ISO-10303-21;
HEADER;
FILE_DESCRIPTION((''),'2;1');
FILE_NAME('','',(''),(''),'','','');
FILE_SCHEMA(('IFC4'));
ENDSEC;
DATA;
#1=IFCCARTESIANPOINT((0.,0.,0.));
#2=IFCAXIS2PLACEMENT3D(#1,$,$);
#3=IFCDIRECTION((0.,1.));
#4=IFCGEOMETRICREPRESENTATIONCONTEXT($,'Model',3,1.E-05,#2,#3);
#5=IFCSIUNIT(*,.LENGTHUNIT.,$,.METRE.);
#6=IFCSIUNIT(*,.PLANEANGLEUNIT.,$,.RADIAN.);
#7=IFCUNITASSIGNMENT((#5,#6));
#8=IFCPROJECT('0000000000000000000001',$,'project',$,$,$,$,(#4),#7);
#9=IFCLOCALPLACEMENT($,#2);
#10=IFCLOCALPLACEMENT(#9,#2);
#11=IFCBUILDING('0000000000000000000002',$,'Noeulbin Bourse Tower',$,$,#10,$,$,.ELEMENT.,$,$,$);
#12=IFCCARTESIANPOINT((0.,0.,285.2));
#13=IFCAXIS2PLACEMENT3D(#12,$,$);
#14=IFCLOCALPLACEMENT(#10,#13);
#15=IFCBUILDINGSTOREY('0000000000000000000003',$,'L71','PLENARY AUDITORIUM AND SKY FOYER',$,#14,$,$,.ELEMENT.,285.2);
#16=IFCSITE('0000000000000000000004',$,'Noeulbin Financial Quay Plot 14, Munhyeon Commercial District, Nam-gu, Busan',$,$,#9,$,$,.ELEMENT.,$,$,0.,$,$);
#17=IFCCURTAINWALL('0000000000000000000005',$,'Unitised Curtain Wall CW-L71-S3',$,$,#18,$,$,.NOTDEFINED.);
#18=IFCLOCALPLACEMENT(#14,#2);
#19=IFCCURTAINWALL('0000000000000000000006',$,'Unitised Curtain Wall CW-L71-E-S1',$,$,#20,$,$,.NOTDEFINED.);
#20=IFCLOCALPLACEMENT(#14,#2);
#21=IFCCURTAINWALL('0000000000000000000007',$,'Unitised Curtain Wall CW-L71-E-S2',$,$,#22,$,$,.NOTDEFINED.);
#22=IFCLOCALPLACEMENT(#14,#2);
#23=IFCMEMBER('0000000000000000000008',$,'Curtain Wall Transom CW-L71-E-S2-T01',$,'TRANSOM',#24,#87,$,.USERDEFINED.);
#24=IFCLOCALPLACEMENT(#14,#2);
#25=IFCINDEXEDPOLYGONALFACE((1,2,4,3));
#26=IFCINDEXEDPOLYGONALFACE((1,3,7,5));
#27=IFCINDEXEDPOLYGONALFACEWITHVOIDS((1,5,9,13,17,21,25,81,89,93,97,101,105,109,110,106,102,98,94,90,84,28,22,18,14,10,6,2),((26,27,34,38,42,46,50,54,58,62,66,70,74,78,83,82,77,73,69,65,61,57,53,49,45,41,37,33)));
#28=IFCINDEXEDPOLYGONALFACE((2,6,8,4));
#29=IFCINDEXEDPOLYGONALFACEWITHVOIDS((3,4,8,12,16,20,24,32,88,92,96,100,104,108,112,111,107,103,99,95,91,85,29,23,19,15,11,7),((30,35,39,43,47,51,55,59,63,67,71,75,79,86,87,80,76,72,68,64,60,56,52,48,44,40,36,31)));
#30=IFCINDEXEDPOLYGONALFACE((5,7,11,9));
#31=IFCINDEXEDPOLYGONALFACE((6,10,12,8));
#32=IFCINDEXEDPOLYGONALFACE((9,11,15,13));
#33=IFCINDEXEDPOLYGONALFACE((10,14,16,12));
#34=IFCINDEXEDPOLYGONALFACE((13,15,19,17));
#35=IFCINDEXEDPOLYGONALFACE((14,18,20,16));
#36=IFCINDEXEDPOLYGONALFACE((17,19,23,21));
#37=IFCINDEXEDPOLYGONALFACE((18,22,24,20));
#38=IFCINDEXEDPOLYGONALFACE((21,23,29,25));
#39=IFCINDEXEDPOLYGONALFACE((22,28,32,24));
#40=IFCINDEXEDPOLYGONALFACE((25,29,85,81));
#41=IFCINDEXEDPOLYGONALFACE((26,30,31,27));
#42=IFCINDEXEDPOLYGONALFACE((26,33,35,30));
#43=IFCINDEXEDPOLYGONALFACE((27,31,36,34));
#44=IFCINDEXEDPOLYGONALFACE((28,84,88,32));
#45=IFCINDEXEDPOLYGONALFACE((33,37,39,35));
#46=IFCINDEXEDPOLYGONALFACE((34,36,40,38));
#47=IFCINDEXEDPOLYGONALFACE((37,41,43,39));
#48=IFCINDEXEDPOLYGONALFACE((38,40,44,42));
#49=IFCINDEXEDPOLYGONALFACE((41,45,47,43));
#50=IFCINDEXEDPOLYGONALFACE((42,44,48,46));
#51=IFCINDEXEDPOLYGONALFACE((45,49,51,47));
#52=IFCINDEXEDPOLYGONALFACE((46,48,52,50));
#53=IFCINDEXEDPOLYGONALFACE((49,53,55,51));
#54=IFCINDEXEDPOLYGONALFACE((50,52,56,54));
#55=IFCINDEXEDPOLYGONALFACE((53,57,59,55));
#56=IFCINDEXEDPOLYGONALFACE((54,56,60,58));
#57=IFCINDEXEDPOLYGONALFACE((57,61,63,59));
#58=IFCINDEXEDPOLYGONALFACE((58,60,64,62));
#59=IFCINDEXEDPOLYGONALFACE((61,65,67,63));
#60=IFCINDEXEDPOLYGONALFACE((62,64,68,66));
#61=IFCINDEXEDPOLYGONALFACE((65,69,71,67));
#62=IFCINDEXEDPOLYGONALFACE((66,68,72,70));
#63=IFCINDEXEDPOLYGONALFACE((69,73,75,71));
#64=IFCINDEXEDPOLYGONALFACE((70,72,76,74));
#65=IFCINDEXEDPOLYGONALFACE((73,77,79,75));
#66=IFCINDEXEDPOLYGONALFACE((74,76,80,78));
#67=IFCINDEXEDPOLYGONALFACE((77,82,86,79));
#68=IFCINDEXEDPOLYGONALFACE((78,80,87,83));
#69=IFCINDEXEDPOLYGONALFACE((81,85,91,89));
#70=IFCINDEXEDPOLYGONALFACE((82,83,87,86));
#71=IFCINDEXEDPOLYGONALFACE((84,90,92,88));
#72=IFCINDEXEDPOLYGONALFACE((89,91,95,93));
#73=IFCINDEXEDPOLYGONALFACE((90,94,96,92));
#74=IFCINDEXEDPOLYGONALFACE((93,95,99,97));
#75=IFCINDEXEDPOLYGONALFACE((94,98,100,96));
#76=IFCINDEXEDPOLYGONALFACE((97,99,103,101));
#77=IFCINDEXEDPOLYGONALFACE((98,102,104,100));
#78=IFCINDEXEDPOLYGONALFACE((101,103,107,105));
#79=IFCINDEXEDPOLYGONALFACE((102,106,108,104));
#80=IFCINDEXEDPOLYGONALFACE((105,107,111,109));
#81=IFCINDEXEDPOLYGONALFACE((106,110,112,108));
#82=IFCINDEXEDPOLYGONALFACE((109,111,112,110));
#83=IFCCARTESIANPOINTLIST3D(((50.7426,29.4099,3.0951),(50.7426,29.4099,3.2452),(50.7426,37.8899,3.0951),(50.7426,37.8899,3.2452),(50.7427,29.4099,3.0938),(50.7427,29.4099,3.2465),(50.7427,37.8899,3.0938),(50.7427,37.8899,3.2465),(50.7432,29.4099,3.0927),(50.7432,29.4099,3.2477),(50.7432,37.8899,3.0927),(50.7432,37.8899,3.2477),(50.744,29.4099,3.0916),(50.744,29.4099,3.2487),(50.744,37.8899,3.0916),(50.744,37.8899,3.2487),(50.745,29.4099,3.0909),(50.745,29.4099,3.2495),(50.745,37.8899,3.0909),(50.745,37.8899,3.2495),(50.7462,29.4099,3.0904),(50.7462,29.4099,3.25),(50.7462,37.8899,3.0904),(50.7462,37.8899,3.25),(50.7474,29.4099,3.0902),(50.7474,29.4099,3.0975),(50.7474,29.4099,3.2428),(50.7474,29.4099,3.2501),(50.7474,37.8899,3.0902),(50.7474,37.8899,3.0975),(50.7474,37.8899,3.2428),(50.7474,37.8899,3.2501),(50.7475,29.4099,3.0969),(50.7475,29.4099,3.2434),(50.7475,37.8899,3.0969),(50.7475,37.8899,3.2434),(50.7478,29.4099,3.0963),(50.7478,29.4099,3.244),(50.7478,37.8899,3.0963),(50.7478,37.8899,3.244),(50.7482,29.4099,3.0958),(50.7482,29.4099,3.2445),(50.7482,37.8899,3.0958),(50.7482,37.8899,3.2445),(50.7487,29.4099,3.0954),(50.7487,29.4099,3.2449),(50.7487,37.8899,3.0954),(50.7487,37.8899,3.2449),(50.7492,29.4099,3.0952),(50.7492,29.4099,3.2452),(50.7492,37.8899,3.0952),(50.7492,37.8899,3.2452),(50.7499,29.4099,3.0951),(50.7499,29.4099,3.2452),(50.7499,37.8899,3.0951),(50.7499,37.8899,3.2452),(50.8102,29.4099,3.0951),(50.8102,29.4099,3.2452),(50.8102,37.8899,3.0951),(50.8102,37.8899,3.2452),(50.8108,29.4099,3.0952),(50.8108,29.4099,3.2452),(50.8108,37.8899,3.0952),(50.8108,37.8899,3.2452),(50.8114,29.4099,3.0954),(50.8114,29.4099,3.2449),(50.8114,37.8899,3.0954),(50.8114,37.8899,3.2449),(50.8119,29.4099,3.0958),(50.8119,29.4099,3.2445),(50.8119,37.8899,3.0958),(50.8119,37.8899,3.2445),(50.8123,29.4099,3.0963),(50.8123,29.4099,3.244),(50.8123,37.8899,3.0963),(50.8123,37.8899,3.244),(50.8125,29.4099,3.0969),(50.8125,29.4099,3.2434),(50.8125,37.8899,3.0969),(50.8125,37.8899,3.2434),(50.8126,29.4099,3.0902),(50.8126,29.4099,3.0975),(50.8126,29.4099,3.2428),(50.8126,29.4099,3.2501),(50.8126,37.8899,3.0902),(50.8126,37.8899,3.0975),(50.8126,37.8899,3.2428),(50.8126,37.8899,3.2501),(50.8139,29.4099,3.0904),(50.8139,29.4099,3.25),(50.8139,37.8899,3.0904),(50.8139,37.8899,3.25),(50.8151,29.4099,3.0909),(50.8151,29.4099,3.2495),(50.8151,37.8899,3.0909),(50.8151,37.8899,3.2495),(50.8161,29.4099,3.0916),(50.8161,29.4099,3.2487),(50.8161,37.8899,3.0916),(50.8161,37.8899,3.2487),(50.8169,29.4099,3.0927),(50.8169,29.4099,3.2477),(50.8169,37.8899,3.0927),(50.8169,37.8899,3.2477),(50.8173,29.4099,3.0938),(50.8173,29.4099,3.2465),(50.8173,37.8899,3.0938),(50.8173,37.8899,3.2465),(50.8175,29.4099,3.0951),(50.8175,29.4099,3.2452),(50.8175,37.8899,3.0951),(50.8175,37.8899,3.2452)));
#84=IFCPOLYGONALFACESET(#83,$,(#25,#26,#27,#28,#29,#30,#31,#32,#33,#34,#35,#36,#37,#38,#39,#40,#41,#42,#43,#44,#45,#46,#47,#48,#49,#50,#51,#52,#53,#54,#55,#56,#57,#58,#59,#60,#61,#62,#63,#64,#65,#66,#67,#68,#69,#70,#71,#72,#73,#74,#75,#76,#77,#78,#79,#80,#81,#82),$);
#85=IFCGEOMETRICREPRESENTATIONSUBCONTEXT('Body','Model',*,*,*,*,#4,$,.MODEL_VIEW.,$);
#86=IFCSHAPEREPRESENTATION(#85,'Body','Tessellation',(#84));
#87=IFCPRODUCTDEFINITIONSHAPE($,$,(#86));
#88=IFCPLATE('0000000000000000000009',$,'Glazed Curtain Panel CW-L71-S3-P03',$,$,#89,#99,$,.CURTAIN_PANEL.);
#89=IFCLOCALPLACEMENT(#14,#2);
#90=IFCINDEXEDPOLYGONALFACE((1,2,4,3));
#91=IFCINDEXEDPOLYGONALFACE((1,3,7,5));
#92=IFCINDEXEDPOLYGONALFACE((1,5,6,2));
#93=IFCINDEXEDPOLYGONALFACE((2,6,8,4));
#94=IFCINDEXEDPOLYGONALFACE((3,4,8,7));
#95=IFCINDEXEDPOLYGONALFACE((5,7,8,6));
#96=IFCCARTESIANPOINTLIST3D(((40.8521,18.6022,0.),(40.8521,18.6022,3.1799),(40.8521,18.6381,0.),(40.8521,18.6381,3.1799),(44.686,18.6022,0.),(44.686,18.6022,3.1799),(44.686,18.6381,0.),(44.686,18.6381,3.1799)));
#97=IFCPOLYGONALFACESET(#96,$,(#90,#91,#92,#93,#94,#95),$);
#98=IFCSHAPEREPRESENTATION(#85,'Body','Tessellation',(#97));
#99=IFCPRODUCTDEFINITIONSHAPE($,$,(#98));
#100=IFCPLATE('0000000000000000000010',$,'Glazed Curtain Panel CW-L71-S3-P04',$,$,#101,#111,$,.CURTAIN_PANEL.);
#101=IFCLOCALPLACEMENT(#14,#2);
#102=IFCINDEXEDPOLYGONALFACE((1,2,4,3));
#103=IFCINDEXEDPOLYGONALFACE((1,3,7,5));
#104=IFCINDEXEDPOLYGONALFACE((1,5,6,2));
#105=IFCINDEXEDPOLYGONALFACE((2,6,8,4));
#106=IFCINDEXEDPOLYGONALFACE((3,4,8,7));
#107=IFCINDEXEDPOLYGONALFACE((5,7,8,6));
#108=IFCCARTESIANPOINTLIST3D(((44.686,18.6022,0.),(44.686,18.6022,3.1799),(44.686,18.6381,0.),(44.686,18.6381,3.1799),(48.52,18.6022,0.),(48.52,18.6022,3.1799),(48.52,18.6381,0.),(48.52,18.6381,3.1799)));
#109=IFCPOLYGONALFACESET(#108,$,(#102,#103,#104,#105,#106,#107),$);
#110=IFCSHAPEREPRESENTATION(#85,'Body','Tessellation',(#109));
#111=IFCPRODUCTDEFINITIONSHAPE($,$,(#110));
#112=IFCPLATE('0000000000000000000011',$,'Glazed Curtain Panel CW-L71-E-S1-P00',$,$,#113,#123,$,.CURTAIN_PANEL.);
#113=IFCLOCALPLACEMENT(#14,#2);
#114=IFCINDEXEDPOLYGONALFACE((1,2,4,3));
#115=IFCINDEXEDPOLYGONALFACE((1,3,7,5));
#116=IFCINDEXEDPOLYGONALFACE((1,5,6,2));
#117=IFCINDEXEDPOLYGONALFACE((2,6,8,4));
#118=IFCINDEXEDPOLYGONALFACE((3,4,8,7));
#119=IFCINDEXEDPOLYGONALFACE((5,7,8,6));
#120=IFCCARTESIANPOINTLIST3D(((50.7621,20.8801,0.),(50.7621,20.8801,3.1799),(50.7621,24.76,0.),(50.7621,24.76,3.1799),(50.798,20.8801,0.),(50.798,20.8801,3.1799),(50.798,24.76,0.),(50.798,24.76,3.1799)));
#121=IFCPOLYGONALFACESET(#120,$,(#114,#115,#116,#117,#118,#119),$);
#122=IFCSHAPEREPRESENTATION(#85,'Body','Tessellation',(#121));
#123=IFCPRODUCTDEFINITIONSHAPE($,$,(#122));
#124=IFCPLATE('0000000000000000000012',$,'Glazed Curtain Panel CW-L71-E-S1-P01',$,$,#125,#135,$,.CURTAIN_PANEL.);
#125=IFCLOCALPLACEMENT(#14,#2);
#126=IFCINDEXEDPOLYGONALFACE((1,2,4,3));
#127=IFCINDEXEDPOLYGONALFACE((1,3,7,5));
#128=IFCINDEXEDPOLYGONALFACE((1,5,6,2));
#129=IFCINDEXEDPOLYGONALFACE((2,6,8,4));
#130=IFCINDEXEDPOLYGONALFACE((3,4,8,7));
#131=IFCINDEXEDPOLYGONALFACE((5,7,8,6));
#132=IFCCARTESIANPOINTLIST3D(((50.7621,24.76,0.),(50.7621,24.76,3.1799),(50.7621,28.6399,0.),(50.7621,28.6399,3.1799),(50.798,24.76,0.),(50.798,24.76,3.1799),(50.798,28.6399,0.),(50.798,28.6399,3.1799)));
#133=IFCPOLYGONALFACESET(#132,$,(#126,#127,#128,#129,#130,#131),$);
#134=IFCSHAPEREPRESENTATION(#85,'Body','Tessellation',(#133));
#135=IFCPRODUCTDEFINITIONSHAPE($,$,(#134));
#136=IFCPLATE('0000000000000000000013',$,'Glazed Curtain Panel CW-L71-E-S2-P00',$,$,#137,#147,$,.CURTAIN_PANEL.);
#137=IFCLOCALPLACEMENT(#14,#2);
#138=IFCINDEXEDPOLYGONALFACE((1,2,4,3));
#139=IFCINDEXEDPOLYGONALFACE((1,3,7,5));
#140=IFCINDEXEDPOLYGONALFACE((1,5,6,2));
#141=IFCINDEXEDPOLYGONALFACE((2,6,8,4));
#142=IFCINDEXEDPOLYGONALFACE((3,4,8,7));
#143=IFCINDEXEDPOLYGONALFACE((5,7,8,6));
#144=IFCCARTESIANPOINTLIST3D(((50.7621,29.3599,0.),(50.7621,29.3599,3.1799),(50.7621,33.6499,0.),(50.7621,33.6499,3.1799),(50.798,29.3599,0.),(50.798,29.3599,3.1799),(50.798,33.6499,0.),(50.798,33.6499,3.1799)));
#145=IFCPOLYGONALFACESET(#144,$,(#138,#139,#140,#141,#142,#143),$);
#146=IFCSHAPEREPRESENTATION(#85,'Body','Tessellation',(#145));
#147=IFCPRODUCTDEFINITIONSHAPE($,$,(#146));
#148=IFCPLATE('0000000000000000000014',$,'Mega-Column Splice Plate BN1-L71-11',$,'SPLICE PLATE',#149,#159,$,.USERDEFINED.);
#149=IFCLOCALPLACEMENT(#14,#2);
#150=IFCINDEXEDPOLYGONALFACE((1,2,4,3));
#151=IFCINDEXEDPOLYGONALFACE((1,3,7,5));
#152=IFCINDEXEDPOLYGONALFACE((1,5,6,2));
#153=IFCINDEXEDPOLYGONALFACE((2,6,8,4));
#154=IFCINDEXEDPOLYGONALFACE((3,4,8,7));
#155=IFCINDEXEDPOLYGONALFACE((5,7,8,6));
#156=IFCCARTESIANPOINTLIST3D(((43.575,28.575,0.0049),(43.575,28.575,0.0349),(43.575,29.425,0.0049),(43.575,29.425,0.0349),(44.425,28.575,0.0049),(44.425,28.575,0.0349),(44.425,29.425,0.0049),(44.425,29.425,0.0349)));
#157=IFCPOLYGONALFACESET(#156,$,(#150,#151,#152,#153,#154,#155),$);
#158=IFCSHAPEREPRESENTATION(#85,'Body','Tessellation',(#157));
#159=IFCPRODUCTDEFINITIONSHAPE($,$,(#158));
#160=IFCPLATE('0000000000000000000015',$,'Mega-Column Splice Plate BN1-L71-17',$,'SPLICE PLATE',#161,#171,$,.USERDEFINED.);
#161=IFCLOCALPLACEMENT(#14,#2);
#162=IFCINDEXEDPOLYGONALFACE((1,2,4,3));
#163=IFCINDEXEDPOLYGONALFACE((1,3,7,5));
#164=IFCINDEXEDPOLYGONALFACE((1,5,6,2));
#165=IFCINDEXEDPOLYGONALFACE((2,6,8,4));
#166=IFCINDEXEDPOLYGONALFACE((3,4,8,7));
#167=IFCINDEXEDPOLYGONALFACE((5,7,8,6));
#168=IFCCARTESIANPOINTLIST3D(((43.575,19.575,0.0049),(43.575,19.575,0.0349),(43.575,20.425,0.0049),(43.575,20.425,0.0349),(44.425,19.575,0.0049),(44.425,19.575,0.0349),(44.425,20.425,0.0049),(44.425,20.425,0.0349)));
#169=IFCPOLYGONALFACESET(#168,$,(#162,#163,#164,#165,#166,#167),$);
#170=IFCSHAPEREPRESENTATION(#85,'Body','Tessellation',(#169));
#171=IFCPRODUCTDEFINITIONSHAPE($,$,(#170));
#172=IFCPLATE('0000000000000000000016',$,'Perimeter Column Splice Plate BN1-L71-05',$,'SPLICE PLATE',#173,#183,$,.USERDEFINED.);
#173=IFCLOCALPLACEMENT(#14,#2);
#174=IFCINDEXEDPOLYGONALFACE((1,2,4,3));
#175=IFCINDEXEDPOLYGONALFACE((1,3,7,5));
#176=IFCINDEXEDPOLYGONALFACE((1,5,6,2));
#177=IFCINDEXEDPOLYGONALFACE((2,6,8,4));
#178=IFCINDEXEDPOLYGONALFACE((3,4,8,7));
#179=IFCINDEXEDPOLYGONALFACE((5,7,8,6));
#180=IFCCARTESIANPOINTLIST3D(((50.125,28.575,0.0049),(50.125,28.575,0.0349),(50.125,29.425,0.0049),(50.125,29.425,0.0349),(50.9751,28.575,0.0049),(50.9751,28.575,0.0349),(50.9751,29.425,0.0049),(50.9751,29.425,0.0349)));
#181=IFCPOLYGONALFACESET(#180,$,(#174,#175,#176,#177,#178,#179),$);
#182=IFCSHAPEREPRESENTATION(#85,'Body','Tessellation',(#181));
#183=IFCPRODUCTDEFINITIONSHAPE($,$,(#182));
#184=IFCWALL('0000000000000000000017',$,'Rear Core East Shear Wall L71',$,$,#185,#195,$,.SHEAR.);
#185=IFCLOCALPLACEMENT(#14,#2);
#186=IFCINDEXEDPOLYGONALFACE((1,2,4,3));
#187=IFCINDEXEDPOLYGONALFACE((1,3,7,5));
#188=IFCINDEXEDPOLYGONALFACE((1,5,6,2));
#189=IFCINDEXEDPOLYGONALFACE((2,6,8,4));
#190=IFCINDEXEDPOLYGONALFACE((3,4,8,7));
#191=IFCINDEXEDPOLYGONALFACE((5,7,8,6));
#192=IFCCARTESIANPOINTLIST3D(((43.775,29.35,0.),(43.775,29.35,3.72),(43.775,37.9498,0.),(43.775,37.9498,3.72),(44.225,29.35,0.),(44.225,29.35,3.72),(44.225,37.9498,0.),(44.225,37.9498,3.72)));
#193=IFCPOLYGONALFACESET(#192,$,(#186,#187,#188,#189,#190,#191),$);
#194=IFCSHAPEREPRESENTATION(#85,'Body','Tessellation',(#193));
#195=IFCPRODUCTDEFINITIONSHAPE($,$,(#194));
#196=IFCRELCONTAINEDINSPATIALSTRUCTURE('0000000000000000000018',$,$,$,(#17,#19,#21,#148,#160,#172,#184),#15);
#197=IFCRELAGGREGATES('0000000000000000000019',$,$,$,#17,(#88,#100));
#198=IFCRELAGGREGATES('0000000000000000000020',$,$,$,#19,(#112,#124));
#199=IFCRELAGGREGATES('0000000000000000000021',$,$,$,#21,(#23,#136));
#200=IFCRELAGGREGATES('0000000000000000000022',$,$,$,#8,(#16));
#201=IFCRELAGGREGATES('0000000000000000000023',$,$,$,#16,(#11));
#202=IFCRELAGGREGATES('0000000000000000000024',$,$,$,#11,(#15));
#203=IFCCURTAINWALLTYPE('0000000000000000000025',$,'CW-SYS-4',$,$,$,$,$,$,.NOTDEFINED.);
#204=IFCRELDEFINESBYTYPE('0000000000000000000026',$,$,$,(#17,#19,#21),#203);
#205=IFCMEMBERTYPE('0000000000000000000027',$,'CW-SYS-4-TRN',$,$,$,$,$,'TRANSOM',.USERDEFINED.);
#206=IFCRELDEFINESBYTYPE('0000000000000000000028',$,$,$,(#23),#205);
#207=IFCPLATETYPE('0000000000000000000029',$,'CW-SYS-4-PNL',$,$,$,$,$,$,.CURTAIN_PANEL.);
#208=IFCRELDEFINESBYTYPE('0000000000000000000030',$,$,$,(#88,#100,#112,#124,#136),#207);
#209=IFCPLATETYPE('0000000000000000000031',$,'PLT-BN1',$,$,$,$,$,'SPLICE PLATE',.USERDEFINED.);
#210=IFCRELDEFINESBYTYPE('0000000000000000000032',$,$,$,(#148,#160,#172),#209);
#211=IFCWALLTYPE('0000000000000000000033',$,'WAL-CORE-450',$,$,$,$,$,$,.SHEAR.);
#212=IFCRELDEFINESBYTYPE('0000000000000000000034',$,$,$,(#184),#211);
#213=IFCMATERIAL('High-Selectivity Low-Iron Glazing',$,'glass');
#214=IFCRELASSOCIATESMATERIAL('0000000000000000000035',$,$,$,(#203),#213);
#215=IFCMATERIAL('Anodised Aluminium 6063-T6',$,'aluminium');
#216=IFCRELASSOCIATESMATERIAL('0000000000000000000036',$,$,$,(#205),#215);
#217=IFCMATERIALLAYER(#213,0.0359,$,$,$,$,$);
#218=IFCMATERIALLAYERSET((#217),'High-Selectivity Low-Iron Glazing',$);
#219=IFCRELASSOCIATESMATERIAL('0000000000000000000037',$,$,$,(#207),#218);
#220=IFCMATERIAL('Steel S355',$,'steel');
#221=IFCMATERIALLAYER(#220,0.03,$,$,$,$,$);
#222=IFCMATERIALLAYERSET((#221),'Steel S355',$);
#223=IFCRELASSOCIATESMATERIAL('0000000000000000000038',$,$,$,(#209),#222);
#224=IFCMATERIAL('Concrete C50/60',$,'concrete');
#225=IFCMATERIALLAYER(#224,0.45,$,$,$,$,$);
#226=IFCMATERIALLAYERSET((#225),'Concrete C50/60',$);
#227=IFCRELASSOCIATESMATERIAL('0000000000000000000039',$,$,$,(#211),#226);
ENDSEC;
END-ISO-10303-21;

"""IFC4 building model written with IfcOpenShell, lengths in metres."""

from ifc_helpers import new_model, si_unit, direction, frame, frame_2d, origin, origin_2d, place, context, subcontext, project, spatial, rectangle, hollow_rectangle, extrude, material, layer, layer_set, material_profile, profile_set, type_object, element, aggregate, save


model = new_model("IFC4")

# Units and contexts
model_context = context("Model", 3, precision=1e-05, world=origin(), true_north=direction((0.0, 1.0)))
body_context = subcontext(model_context, "Body", "Model", "MODEL_VIEW")
ifc_project = project(units=[si_unit("LENGTHUNIT", "METRE"), si_unit("PLANEANGLEUNIT", "RADIAN")], contexts=[model_context])

# Site, building, storey
site_placement = place(None, origin())
site = spatial("IfcSite", under=ifc_project, at=site_placement, Name="Noeulbin Financial Quay Plot 14, Munhyeon Commercial District, Nam-gu, Busan", CompositionType="ELEMENT", RefElevation=0.0)
building_placement = place(site_placement, origin())
building = spatial("IfcBuilding", under=site, at=building_placement, Name="Noeulbin Bourse Tower", CompositionType="ELEMENT")
storey_placement = place(building_placement, frame((0.0, 0.0, 285.2)))
storey = spatial("IfcBuildingStorey", under=building, at=storey_placement, Name="L71", Description="PLENARY AUDITORIUM AND SKY FOYER", CompositionType="ELEMENT", Elevation=285.2)

# Shared definitions
ifc_material_1 = material(Name="Steel S355", Category="steel")

# Curtain walls
ifc_material_2 = material(Name="High-Selectivity Low-Iron Glazing", Category="glass")
curtain_wall_type = type_object("IfcCurtainWallType", Name="CW-SYS-4", PredefinedType="NOTDEFINED", material=ifc_material_2)
curtain_wall_1_placement = place(storey_placement, origin())
curtain_wall_1 = element("IfcCurtainWall", 1, at=curtain_wall_1_placement, inside=storey, type_object=curtain_wall_type, Name="Unitised Curtain Wall CW-L71-S3", PredefinedType="NOTDEFINED")
ifc_material_3 = material(Name="Anodised Aluminium 6063-T6", Category="aluminium")
curtain_wall_2_placement = place(storey_placement, origin())
curtain_wall_2 = element("IfcCurtainWall", 2, at=curtain_wall_2_placement, inside=storey, type_object=curtain_wall_type, Name="Unitised Curtain Wall CW-L71-E-S1", PredefinedType="NOTDEFINED")

# Curtain wall
curtain_wall_3_placement = place(storey_placement, origin())
curtain_wall_3 = element("IfcCurtainWall", 3, at=curtain_wall_3_placement, inside=storey, type_object=curtain_wall_type, Name="Unitised Curtain Wall CW-L71-E-S2", PredefinedType="NOTDEFINED")

# Member
ifc_material_profile_1 = material_profile(ifc_material_3, hollow_rectangle(XDim=0.075, YDim=0.1599, WallThickness=0.0049, InnerFilletRadius=0.0024, OuterFilletRadius=0.0049, at=origin_2d()), Name="ALU-TRAN-75x160x5", Category="LoadBearing")
ifc_profile_set_1 = profile_set([ifc_material_profile_1], Name="Anodised Aluminium 6063-T6")
member_type_1 = type_object("IfcMemberType", Name="CW-SYS-4-TRN", ElementType="TRANSOM", PredefinedType="USERDEFINED", material=ifc_profile_set_1)
member_1_placement = place(storey_placement, frame((50.78, 29.4099, 3.1702), z_axis=(0.0, 1.0, 0.0), x_axis=(-1.0, 0.0, 0.0)))
member_1 = element("IfcMember", 4, at=member_1_placement, type_object=member_type_1, Name="Curtain Wall Transom CW-L71-E-S2-T01", ObjectType="TRANSOM", PredefinedType="USERDEFINED", context=body_context, shape_type="SweptSolid", body=[
    extrude(hollow_rectangle(XDim=0.075, YDim=0.1599, WallThickness=0.0049, InnerFilletRadius=0.0024, OuterFilletRadius=0.0049, at=origin_2d()), origin(), (0.0, 0.0, 1.0), 8.48),
])

# Plates
ifc_layer_1 = layer(ifc_material_2, 0.0359)
ifc_layer_set_1 = layer_set([ifc_layer_1], Name="High-Selectivity Low-Iron Glazing")
plate_type_1 = type_object("IfcPlateType", Name="CW-SYS-4-PNL", PredefinedType="CURTAIN_PANEL", material=ifc_layer_set_1)
plate_1_placement = place(storey_placement, frame((42.769, 18.6201, 0.0), z_axis=(0.0, 0.0, 1.0), x_axis=(1.0, 0.0, 0.0)))
plate_1 = element("IfcPlate", 5, at=plate_1_placement, type_object=plate_type_1, Name="Glazed Curtain Panel CW-L71-S3-P03", PredefinedType="CURTAIN_PANEL", context=body_context, shape_type="SweptSolid", body=[
    extrude(rectangle(XDim=3.834, YDim=0.0359, at=origin_2d()), origin(), (0.0, 0.0, 1.0), 3.1799),
])
plate_2_placement = place(storey_placement, frame((46.603, 18.6201, 0.0), z_axis=(0.0, 0.0, 1.0), x_axis=(1.0, 0.0, 0.0)))
plate_2 = element("IfcPlate", 6, at=plate_2_placement, type_object=plate_type_1, Name="Glazed Curtain Panel CW-L71-S3-P04", PredefinedType="CURTAIN_PANEL", context=body_context, shape_type="SweptSolid", body=[
    extrude(rectangle(XDim=3.834, YDim=0.0359, at=origin_2d()), origin(), (0.0, 0.0, 1.0), 3.1799),
])
aggregate(curtain_wall_1, [plate_1, plate_2])
plate_3_placement = place(storey_placement, frame((50.78, 22.8201, 0.0), z_axis=(0.0, 0.0, 1.0), x_axis=(0.0, 1.0, 0.0)))
plate_3 = element("IfcPlate", 7, at=plate_3_placement, type_object=plate_type_1, Name="Glazed Curtain Panel CW-L71-E-S1-P00", PredefinedType="CURTAIN_PANEL", context=body_context, shape_type="SweptSolid", body=[
    extrude(rectangle(XDim=3.8799, YDim=0.0359, at=origin_2d()), origin(), (0.0, 0.0, 1.0), 3.1799),
])
plate_4_placement = place(storey_placement, frame((50.78, 26.7, 0.0), z_axis=(0.0, 0.0, 1.0), x_axis=(0.0, 1.0, 0.0)))
plate_4 = element("IfcPlate", 8, at=plate_4_placement, type_object=plate_type_1, Name="Glazed Curtain Panel CW-L71-E-S1-P01", PredefinedType="CURTAIN_PANEL", context=body_context, shape_type="SweptSolid", body=[
    extrude(rectangle(XDim=3.8799, YDim=0.0359, at=origin_2d()), origin(), (0.0, 0.0, 1.0), 3.1799),
])
aggregate(curtain_wall_2, [plate_3, plate_4])
plate_5_placement = place(storey_placement, frame((50.78, 31.5049, 0.0), z_axis=(0.0, 0.0, 1.0), x_axis=(0.0, 1.0, 0.0)))
plate_5 = element("IfcPlate", 9, at=plate_5_placement, type_object=plate_type_1, Name="Glazed Curtain Panel CW-L71-E-S2-P00", PredefinedType="CURTAIN_PANEL", context=body_context, shape_type="SweptSolid", body=[
    extrude(rectangle(XDim=4.29, YDim=0.0359, at=origin_2d()), origin(), (0.0, 0.0, 1.0), 3.1799),
])
aggregate(curtain_wall_3, [member_1, plate_5])

# Plates
ifc_layer_2 = layer(ifc_material_1, 0.03)
ifc_layer_set_2 = layer_set([ifc_layer_2], Name="Steel S355")
plate_type_2 = type_object("IfcPlateType", Name="PLT-BN1", ElementType="SPLICE PLATE", PredefinedType="USERDEFINED", material=ifc_layer_set_2)
for number, where, z_axis, x_axis, name in (
    (10, (44.0, 29.0, 0.0049), (0.0, 0.0, 1.0), (1.0, 0.0, 0.0), "Mega-Column Splice Plate BN1-L71-11"),
    (11, (44.0, 20.0, 0.0049), (0.0, 0.0, 1.0), (1.0, 0.0, 0.0), "Mega-Column Splice Plate BN1-L71-17"),
    (12, (50.55, 29.0, 0.0049), (0.0, 0.0, 1.0), (1.0, 0.0, 0.0), "Perimeter Column Splice Plate BN1-L71-05"),
):
    element("IfcPlate", number, at=place(storey_placement, frame(where, z_axis=z_axis, x_axis=x_axis)), inside=storey, type_object=plate_type_2, Name=name, ObjectType="SPLICE PLATE", PredefinedType="USERDEFINED", context=body_context, shape_type="SweptSolid", body=[
        extrude(rectangle(XDim=0.8501, YDim=0.8501, at=origin_2d()), origin(), (0.0, 0.0, 1.0), 0.03),
    ])

# Wall
ifc_material_4 = material(Name="Concrete C50/60", Category="concrete")
ifc_layer_3 = layer(ifc_material_4, 0.45)
ifc_layer_set_3 = layer_set([ifc_layer_3], Name="Concrete C50/60")
wall_type_1 = type_object("IfcWallType", Name="WAL-CORE-450", PredefinedType="SHEAR", material=ifc_layer_set_3)
wall_1_placement = place(storey_placement, frame((44.0, 29.3501, 0.0), z_axis=(0.0, 0.0, 1.0), x_axis=(0.0, 1.0, 0.0)))
element("IfcWall", 13, at=wall_1_placement, inside=storey, type_object=wall_type_1, Name="Rear Core East Shear Wall L71", PredefinedType="SHEAR", context=body_context, shape_type="SweptSolid", body=[
    extrude(rectangle(XDim=8.5999, YDim=0.45, at=frame_2d((4.2998, 0.0))), origin(), (0.0, 0.0, 1.0), 3.72),
])

save(model, "model.ifc")
